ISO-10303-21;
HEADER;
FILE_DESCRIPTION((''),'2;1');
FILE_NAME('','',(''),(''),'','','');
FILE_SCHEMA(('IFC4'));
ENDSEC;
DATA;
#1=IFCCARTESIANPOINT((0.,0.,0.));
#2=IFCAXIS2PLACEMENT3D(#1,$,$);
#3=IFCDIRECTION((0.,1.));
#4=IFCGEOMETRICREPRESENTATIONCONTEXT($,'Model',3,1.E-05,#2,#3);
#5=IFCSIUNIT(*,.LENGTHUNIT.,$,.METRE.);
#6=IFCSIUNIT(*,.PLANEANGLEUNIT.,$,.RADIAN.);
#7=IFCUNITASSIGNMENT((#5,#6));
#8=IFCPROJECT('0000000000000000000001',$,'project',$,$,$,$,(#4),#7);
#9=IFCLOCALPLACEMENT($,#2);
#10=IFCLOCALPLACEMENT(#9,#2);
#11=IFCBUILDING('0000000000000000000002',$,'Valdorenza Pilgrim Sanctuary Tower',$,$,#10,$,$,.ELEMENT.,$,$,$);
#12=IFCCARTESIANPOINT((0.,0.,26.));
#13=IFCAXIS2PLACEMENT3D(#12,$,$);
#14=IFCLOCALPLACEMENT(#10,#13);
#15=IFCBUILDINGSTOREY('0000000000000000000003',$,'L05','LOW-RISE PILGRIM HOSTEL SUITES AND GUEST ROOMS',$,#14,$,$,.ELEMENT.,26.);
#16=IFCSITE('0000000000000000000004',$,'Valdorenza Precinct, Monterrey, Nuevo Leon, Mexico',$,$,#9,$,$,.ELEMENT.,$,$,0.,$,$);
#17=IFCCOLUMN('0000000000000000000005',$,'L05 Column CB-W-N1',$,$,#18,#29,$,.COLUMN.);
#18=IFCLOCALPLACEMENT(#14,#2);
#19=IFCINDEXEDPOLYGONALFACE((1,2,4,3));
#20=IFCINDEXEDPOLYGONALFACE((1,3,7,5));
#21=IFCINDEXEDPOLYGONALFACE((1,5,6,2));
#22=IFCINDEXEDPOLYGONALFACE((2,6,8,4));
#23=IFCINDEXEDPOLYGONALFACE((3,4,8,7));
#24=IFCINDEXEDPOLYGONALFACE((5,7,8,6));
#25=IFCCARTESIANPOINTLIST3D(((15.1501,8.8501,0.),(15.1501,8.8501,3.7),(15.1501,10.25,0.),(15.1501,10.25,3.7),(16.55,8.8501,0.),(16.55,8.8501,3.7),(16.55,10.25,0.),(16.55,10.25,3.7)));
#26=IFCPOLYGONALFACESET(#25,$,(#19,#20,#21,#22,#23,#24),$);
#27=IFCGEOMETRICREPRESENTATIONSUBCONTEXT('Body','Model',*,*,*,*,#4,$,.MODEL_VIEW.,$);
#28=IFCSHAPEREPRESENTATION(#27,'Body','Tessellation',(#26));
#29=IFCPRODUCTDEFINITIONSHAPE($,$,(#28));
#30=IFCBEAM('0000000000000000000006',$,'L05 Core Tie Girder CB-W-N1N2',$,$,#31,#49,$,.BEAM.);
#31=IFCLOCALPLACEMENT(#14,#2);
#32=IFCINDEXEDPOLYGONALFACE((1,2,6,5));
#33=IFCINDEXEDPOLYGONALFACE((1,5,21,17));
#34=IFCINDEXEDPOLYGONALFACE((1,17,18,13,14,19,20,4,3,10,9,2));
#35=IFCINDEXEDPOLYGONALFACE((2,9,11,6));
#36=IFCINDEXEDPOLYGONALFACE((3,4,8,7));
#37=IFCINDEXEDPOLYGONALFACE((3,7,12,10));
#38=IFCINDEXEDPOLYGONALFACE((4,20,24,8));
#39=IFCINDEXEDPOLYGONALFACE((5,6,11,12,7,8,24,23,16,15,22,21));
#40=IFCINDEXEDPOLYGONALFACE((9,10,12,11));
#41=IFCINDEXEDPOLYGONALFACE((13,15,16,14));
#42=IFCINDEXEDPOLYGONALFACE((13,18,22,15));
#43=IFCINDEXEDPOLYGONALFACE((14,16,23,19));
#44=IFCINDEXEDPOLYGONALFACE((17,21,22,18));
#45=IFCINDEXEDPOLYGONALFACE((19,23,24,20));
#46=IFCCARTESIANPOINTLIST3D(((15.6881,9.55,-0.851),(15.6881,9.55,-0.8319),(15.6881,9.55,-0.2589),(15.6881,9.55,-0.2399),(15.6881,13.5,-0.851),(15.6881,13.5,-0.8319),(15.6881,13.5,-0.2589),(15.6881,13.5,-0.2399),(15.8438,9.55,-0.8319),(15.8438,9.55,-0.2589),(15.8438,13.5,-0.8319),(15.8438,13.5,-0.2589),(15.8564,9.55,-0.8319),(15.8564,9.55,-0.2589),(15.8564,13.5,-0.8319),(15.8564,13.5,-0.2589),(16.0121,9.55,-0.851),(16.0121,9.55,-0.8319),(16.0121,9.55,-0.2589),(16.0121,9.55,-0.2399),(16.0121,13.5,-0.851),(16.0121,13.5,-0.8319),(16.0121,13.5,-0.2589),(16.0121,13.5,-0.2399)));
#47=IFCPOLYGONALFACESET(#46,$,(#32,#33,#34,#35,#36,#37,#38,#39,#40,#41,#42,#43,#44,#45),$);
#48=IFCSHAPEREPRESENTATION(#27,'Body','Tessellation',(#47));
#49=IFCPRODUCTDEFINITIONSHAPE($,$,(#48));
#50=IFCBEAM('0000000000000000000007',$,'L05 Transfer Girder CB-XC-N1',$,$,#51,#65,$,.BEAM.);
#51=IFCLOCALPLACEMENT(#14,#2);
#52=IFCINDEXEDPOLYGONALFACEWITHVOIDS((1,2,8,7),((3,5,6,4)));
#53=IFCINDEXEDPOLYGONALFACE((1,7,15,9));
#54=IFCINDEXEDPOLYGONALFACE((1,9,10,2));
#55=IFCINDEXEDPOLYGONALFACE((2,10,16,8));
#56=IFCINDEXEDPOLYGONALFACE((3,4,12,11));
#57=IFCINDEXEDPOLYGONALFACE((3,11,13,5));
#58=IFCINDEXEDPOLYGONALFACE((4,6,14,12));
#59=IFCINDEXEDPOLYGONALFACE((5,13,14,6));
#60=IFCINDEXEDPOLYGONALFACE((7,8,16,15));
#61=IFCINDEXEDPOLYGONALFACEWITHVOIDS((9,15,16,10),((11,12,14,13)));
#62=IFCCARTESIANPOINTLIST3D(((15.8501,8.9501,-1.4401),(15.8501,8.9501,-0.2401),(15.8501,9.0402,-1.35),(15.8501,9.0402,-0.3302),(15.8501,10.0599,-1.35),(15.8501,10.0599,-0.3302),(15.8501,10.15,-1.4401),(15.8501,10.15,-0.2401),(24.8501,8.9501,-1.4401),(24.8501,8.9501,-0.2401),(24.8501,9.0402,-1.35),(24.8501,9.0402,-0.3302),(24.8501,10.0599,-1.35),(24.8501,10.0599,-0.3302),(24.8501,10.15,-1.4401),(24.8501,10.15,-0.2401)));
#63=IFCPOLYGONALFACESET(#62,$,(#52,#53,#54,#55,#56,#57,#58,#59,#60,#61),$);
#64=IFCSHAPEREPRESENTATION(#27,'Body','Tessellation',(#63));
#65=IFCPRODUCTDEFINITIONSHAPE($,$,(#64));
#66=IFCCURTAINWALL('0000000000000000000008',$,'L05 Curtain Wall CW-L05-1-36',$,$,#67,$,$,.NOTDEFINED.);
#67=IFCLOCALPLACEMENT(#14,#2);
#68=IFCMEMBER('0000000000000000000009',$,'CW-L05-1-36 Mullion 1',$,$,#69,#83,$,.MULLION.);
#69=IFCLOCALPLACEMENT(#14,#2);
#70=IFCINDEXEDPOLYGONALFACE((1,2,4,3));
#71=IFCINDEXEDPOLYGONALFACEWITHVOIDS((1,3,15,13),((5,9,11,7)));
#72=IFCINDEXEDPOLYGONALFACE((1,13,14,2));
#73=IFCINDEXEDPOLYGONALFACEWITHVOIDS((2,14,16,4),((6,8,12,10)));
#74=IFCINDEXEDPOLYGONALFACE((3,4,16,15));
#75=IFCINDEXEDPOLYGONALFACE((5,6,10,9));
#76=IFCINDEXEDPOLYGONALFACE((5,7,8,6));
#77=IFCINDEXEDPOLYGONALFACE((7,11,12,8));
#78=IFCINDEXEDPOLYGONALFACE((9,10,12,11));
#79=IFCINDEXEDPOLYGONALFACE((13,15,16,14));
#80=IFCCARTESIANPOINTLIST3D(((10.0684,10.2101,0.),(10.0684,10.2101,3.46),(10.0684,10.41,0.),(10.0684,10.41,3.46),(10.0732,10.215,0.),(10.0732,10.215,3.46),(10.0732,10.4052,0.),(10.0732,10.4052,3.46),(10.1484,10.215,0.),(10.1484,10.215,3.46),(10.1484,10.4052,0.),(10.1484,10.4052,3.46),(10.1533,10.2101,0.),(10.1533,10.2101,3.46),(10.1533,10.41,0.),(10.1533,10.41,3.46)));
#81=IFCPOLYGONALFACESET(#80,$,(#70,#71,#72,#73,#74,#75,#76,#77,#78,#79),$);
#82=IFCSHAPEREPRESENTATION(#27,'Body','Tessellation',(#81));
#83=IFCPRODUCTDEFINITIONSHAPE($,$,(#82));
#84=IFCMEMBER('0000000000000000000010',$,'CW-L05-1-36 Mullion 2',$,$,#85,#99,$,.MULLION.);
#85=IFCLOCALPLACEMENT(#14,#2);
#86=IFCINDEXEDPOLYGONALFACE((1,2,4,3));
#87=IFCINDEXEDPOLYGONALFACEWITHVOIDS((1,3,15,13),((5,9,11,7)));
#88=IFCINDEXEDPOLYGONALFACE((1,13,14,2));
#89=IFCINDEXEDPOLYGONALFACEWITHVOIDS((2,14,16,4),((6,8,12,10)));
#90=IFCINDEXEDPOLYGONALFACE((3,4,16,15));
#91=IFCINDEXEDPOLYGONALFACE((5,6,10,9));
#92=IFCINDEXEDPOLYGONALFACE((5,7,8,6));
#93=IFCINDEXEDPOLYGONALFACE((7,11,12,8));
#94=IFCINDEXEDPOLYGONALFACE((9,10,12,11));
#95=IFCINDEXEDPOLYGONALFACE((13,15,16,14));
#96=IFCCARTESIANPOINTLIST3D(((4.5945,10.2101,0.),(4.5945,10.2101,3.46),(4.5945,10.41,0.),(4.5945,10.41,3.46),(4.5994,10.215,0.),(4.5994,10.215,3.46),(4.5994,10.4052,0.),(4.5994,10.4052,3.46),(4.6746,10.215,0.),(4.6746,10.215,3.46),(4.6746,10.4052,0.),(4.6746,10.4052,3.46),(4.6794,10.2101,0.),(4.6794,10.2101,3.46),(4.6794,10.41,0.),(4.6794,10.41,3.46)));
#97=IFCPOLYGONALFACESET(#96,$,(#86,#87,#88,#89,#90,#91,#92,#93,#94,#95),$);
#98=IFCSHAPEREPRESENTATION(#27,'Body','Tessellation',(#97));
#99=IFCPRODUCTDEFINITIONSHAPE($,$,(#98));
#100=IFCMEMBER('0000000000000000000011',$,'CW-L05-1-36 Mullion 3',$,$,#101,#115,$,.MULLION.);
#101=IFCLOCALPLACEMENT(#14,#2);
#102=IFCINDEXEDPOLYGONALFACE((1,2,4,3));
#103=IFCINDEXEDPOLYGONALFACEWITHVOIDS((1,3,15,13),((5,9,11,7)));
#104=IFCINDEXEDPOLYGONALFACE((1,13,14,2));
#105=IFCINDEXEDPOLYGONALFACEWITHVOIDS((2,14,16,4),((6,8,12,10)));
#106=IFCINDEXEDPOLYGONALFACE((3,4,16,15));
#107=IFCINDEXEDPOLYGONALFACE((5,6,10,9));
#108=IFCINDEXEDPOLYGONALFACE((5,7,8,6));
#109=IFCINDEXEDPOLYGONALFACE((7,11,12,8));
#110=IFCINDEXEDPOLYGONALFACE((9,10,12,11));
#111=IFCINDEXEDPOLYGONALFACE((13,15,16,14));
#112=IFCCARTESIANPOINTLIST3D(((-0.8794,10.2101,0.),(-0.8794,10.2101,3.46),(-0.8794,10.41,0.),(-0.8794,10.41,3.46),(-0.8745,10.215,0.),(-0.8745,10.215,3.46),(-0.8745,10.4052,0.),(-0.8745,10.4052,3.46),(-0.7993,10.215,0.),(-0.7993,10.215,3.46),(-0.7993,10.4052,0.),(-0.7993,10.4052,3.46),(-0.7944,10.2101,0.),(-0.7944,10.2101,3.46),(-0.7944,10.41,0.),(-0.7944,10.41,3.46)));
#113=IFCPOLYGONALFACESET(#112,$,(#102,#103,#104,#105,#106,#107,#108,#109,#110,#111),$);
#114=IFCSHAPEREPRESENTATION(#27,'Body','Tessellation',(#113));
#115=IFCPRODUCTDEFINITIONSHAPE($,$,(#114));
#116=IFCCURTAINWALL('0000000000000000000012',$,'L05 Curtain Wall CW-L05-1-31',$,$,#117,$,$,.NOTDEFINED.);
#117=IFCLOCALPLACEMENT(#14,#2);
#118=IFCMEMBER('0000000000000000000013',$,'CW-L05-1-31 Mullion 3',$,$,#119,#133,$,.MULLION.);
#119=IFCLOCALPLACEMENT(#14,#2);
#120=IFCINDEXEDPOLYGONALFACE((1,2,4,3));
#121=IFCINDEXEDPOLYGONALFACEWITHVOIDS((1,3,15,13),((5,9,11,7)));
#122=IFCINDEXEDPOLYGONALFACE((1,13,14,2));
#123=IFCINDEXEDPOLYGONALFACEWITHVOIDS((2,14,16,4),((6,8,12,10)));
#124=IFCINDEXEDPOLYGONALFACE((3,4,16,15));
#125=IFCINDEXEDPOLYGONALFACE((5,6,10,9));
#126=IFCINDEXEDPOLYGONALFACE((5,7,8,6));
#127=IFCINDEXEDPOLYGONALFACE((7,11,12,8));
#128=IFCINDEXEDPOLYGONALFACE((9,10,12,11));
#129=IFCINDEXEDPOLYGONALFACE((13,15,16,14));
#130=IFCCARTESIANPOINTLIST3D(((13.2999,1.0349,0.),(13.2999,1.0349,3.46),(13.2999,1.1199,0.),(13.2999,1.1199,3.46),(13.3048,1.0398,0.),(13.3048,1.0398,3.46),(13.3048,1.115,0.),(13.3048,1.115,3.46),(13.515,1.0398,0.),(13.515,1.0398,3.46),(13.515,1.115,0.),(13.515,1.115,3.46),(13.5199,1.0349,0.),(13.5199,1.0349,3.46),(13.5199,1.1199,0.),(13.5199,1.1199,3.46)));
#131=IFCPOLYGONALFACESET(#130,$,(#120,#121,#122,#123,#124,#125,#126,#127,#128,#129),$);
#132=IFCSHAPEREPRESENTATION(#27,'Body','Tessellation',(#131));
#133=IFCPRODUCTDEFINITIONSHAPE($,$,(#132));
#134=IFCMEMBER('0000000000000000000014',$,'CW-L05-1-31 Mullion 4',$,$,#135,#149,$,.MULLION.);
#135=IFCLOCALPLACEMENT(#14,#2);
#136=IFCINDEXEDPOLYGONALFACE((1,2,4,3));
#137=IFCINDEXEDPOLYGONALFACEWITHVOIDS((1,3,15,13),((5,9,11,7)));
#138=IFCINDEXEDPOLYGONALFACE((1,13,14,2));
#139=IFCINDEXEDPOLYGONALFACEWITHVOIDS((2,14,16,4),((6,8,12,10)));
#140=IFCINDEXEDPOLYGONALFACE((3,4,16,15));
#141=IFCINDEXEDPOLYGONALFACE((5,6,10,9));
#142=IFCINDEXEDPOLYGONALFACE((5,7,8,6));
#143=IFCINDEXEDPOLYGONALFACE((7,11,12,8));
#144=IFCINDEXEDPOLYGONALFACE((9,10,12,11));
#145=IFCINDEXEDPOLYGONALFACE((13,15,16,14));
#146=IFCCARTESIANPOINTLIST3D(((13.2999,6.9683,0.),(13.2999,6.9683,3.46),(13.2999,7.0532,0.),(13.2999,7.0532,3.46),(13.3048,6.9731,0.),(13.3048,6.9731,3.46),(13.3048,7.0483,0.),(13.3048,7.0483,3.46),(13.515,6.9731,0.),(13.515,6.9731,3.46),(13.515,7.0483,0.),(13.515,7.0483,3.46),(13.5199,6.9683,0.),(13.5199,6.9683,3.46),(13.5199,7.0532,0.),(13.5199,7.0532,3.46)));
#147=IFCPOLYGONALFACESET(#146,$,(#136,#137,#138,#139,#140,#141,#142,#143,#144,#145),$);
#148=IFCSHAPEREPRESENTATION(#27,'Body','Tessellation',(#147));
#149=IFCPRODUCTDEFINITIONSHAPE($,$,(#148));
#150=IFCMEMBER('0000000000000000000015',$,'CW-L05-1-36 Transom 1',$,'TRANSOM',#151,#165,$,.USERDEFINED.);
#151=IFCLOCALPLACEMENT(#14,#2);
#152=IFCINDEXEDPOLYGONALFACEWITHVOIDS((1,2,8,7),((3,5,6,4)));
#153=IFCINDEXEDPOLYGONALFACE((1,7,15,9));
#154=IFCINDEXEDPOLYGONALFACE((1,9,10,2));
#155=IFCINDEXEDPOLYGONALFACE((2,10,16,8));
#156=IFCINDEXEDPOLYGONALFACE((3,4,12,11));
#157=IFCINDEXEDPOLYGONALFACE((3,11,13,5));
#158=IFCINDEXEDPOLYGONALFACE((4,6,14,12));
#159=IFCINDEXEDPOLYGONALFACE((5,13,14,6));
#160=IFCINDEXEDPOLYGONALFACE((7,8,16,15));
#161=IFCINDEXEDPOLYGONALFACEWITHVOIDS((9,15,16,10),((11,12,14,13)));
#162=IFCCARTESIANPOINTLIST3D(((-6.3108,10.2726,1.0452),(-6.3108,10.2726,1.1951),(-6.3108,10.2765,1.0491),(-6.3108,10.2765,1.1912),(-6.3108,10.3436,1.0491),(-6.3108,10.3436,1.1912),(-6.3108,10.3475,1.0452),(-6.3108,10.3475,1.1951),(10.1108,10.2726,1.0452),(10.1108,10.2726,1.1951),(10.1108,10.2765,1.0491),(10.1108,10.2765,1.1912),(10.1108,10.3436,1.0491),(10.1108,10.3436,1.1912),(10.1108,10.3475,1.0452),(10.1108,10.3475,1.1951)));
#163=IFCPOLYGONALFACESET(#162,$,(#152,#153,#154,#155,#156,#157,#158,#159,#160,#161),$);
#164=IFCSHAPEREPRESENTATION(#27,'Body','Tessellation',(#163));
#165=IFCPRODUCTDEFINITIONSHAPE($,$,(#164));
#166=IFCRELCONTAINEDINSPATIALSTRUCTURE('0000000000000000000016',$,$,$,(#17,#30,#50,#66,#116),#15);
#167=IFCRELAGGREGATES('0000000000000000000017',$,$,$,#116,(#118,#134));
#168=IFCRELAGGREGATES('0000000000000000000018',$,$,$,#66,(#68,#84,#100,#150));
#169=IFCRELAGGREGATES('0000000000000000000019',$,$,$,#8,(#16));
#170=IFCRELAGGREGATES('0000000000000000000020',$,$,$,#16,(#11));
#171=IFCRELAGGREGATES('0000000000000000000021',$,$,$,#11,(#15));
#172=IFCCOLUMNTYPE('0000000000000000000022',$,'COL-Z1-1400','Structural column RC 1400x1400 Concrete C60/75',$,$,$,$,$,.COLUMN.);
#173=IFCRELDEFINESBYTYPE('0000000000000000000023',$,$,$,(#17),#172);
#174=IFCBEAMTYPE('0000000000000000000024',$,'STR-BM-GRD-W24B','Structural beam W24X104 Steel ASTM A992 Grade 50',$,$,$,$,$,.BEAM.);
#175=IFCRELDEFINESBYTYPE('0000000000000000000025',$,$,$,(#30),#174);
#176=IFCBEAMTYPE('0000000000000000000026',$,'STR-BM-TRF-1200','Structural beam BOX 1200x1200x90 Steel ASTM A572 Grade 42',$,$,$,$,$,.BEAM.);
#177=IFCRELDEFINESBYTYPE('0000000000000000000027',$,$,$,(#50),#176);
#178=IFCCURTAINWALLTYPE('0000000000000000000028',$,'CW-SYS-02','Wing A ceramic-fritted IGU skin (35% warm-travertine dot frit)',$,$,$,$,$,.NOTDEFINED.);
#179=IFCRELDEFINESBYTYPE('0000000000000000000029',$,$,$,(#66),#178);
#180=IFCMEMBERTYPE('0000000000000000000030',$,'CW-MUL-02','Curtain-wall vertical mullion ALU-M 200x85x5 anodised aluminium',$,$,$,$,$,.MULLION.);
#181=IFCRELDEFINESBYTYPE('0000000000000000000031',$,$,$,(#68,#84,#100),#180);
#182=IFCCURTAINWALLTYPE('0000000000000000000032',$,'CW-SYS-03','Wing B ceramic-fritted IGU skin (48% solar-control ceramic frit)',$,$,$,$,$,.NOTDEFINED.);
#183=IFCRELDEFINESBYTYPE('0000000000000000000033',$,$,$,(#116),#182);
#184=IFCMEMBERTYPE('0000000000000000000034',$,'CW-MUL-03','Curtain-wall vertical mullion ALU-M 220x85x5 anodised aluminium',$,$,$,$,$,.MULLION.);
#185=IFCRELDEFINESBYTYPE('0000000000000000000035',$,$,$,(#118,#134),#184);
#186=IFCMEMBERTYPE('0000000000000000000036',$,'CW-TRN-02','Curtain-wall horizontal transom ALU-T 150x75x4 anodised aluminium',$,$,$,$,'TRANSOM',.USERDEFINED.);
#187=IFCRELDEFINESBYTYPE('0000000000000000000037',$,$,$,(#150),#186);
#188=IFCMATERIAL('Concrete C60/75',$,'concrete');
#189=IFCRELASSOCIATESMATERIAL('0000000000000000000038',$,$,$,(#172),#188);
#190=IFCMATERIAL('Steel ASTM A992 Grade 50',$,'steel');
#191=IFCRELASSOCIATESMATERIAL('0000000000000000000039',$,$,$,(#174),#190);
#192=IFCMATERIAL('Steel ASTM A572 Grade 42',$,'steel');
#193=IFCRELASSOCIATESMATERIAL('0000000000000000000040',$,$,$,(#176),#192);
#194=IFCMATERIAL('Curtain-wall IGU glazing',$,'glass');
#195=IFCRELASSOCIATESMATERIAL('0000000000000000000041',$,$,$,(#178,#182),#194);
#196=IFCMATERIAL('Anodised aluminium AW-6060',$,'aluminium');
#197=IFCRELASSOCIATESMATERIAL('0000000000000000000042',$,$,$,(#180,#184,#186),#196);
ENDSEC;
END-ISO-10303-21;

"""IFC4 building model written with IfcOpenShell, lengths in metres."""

from ifc_helpers import new_model, si_unit, direction, frame, origin, origin_2d, place, context, subcontext, project, spatial, rectangle, hollow_rectangle, i_section, extrude, source, transform, mapped, material, material_profile, profile_set, type_object, element, aggregate, save


model = new_model("IFC4")

# Units and contexts
model_context = context("Model", 3, precision=1e-05, world=origin(), true_north=direction((0.0, 1.0)))
body_context = subcontext(model_context, "Body", "Model", "MODEL_VIEW")
ifc_project = project(units=[si_unit("LENGTHUNIT", "METRE"), si_unit("PLANEANGLEUNIT", "RADIAN")], contexts=[model_context])

# Site, building, storey
site_placement = place(None, origin())
site = spatial("IfcSite", under=ifc_project, at=site_placement, Name="Valdorenza Precinct, Monterrey, Nuevo Leon, Mexico", CompositionType="ELEMENT", RefElevation=0.0)
building_placement = place(site_placement, origin())
building = spatial("IfcBuilding", under=site, at=building_placement, Name="Valdorenza Pilgrim Sanctuary Tower", CompositionType="ELEMENT")
storey_placement = place(building_placement, frame((0.0, 0.0, 26.0)))
storey = spatial("IfcBuildingStorey", under=building, at=storey_placement, Name="L05", Description="LOW-RISE PILGRIM HOSTEL SUITES AND GUEST ROOMS", CompositionType="ELEMENT", Elevation=26.0)

# Column
ifc_material_1 = material(Name="Concrete C60/75", Category="concrete")
ifc_material_profile_1 = material_profile(ifc_material_1, rectangle(XDim=1.3999, YDim=1.3999, at=origin_2d()), Name="RC 1400x1400")
ifc_profile_set_1 = profile_set([ifc_material_profile_1], Name="Concrete C60/75")
column_type = type_object("IfcColumnType", Name="COL-Z1-1400", Description="Structural column RC 1400x1400 Concrete C60/75", PredefinedType="COLUMN", material=ifc_profile_set_1)
shared_shape_1 = source(origin(), body_context, "Body", "SweptSolid", [
    extrude(rectangle(XDim=1.3999, YDim=1.3999, at=origin_2d()), origin(), (0.0, 0.0, 1.0), 3.7),
])
column_placement = place(storey_placement, frame((15.8501, 9.55, 0.0), z_axis=(0.0, 0.0, 1.0), x_axis=(1.0, 0.0, 0.0)))
element("IfcColumn", 1, at=column_placement, inside=storey, type_object=column_type, Name="L05 Column CB-W-N1", PredefinedType="COLUMN", context=body_context, shape_type="MappedRepresentation", body=[
    mapped(shared_shape_1, transform((0.0, 0.0, 0.0), x_axis=(1.0, 0.0, 0.0), y_axis=(0.0, 1.0, 0.0), z_axis=(0.0, 0.0, 1.0), scale=1.0)),
])

# Beams
ifc_material_2 = material(Name="Steel ASTM A992 Grade 50", Category="steel")
ifc_material_profile_2 = material_profile(ifc_material_2, i_section(OverallWidth=0.324, OverallDepth=0.6111, WebThickness=0.0127, FlangeThickness=0.019, at=origin_2d()), Name="W24X104")
ifc_profile_set_2 = profile_set([ifc_material_profile_2], Name="Steel ASTM A992 Grade 50")
beam_type_1 = type_object("IfcBeamType", Name="STR-BM-GRD-W24B", Description="Structural beam W24X104 Steel ASTM A992 Grade 50", PredefinedType="BEAM", material=ifc_profile_set_2)
shared_shape_2 = source(origin(), body_context, "Body", "SweptSolid", [
    extrude(i_section(OverallWidth=0.324, OverallDepth=0.6111, WebThickness=0.0127, FlangeThickness=0.019, at=origin_2d()), origin(), (0.0, 0.0, 1.0), 3.95),
])
beam_1_placement = place(storey_placement, frame((15.8501, 9.55, -0.5454), z_axis=(0.0, 1.0, 0.0), x_axis=(-1.0, 0.0, 0.0)))
element("IfcBeam", 2, at=beam_1_placement, inside=storey, type_object=beam_type_1, Name="L05 Core Tie Girder CB-W-N1N2", PredefinedType="BEAM", context=body_context, shape_type="MappedRepresentation", body=[
    mapped(shared_shape_2, transform((0.0, 0.0, 0.0), x_axis=(1.0, 0.0, 0.0), y_axis=(0.0, 1.0, 0.0), z_axis=(0.0, 0.0, 1.0), scale=1.0)),
])
ifc_material_3 = material(Name="Steel ASTM A572 Grade 42", Category="steel")
ifc_material_profile_3 = material_profile(ifc_material_3, hollow_rectangle(XDim=1.2, YDim=1.2, WallThickness=0.0901, at=origin_2d()), Name="BOX 1200x1200x90")
ifc_profile_set_3 = profile_set([ifc_material_profile_3], Name="Steel ASTM A572 Grade 42")
beam_type_2 = type_object("IfcBeamType", Name="STR-BM-TRF-1200", Description="Structural beam BOX 1200x1200x90 Steel ASTM A572 Grade 42", PredefinedType="BEAM", material=ifc_profile_set_3)
shared_shape_3 = source(origin(), body_context, "Body", "SweptSolid", [
    extrude(hollow_rectangle(XDim=1.2, YDim=1.2, WallThickness=0.0901, at=origin_2d()), origin(), (0.0, 0.0, 1.0), 9.0),
])
beam_2_placement = place(storey_placement, frame((15.8501, 9.55, -0.8401), z_axis=(1.0, 0.0, 0.0), x_axis=(0.0, 1.0, 0.0)))
element("IfcBeam", 3, at=beam_2_placement, inside=storey, type_object=beam_type_2, Name="L05 Transfer Girder CB-XC-N1", PredefinedType="BEAM", context=body_context, shape_type="MappedRepresentation", body=[
    mapped(shared_shape_3, transform((0.0, 0.0, 0.0), x_axis=(1.0, 0.0, 0.0), y_axis=(0.0, 1.0, 0.0), z_axis=(0.0, 0.0, 1.0), scale=1.0)),
])

# Curtain walls, members
ifc_material_4 = material(Name="Curtain-wall IGU glazing", Category="glass")
curtain_wall_type_1 = type_object("IfcCurtainWallType", Name="CW-SYS-02", Description="Wing A ceramic-fritted IGU skin (35% warm-travertine dot frit)", PredefinedType="NOTDEFINED", material=ifc_material_4)
curtain_wall_1_placement = place(storey_placement, origin())
curtain_wall_1 = element("IfcCurtainWall", 4, at=curtain_wall_1_placement, inside=storey, type_object=curtain_wall_type_1, Name="L05 Curtain Wall CW-L05-1-36", PredefinedType="NOTDEFINED")
ifc_material_5 = material(Name="Anodised aluminium AW-6060", Category="aluminium")
ifc_material_profile_4 = material_profile(ifc_material_5, hollow_rectangle(XDim=0.085, YDim=0.2, WallThickness=0.0049, at=origin_2d()), Name="ALU-M 200x85x5")
ifc_profile_set_4 = profile_set([ifc_material_profile_4], Name="Anodised aluminium AW-6060")
member_type_1 = type_object("IfcMemberType", Name="CW-MUL-02", Description="Curtain-wall vertical mullion ALU-M 200x85x5 anodised aluminium", PredefinedType="MULLION", material=ifc_profile_set_4)
shared_shape_4 = source(origin(), body_context, "Body", "SweptSolid", [
    extrude(hollow_rectangle(XDim=0.085, YDim=0.2, WallThickness=0.0049, at=origin_2d()), origin(), (0.0, 0.0, 1.0), 3.46),
])
member_1_placement = place(storey_placement, frame((10.1108, 10.3101, 0.0), z_axis=(0.0, 0.0, 1.0), x_axis=(-1.0, 0.0, 0.0)))
member_1 = element("IfcMember", 5, at=member_1_placement, type_object=member_type_1, Name="CW-L05-1-36 Mullion 1", PredefinedType="MULLION", context=body_context, shape_type="MappedRepresentation", body=[
    mapped(shared_shape_4, transform((0.0, 0.0, 0.0), x_axis=(1.0, 0.0, 0.0), y_axis=(0.0, 1.0, 0.0), z_axis=(0.0, 0.0, 1.0), scale=1.0)),
])
member_2_placement = place(storey_placement, frame((4.637, 10.3101, 0.0), z_axis=(0.0, 0.0, 1.0), x_axis=(-1.0, 0.0, 0.0)))
member_2 = element("IfcMember", 6, at=member_2_placement, type_object=member_type_1, Name="CW-L05-1-36 Mullion 2", PredefinedType="MULLION", context=body_context, shape_type="MappedRepresentation", body=[
    mapped(shared_shape_4, transform((0.0, 0.0, 0.0), x_axis=(1.0, 0.0, 0.0), y_axis=(0.0, 1.0, 0.0), z_axis=(0.0, 0.0, 1.0), scale=1.0)),
])
member_3_placement = place(storey_placement, frame((-0.8369, 10.3101, 0.0), z_axis=(0.0, 0.0, 1.0), x_axis=(-1.0, 0.0, 0.0)))
member_3 = element("IfcMember", 7, at=member_3_placement, type_object=member_type_1, Name="CW-L05-1-36 Mullion 3", PredefinedType="MULLION", context=body_context, shape_type="MappedRepresentation", body=[
    mapped(shared_shape_4, transform((0.0, 0.0, 0.0), x_axis=(1.0, 0.0, 0.0), y_axis=(0.0, 1.0, 0.0), z_axis=(0.0, 0.0, 1.0), scale=1.0)),
])
curtain_wall_type_2 = type_object("IfcCurtainWallType", Name="CW-SYS-03", Description="Wing B ceramic-fritted IGU skin (48% solar-control ceramic frit)", PredefinedType="NOTDEFINED", material=ifc_material_4)
curtain_wall_2_placement = place(storey_placement, origin())
curtain_wall_2 = element("IfcCurtainWall", 8, at=curtain_wall_2_placement, inside=storey, type_object=curtain_wall_type_2, Name="L05 Curtain Wall CW-L05-1-31", PredefinedType="NOTDEFINED")
ifc_material_profile_5 = material_profile(ifc_material_5, hollow_rectangle(XDim=0.085, YDim=0.22, WallThickness=0.0049, at=origin_2d()), Name="ALU-M 220x85x5")
ifc_profile_set_5 = profile_set([ifc_material_profile_5], Name="Anodised aluminium AW-6060")
member_type_2 = type_object("IfcMemberType", Name="CW-MUL-03", Description="Curtain-wall vertical mullion ALU-M 220x85x5 anodised aluminium", PredefinedType="MULLION", material=ifc_profile_set_5)
shared_shape_5 = source(origin(), body_context, "Body", "SweptSolid", [
    extrude(hollow_rectangle(XDim=0.085, YDim=0.22, WallThickness=0.0049, at=origin_2d()), origin(), (0.0, 0.0, 1.0), 3.46),
])
member_4_placement = place(storey_placement, frame((13.4099, 1.0774, 0.0), z_axis=(0.0, 0.0, 1.0), x_axis=(0.0, 1.0, 0.0)))
member_4 = element("IfcMember", 9, at=member_4_placement, type_object=member_type_2, Name="CW-L05-1-31 Mullion 3", PredefinedType="MULLION", context=body_context, shape_type="MappedRepresentation", body=[
    mapped(shared_shape_5, transform((0.0, 0.0, 0.0), x_axis=(1.0, 0.0, 0.0), y_axis=(0.0, 1.0, 0.0), z_axis=(0.0, 0.0, 1.0), scale=1.0)),
])
member_5_placement = place(storey_placement, frame((13.4099, 7.0107, 0.0), z_axis=(0.0, 0.0, 1.0), x_axis=(0.0, 1.0, 0.0)))
member_5 = element("IfcMember", 10, at=member_5_placement, type_object=member_type_2, Name="CW-L05-1-31 Mullion 4", PredefinedType="MULLION", context=body_context, shape_type="MappedRepresentation", body=[
    mapped(shared_shape_5, transform((0.0, 0.0, 0.0), x_axis=(1.0, 0.0, 0.0), y_axis=(0.0, 1.0, 0.0), z_axis=(0.0, 0.0, 1.0), scale=1.0)),
])

# Member
ifc_material_profile_6 = material_profile(ifc_material_5, hollow_rectangle(XDim=0.075, YDim=0.1499, WallThickness=0.0039, at=origin_2d()), Name="ALU-T 150x75x4")
ifc_profile_set_6 = profile_set([ifc_material_profile_6], Name="Anodised aluminium AW-6060")
member_type_3 = type_object("IfcMemberType", Name="CW-TRN-02", Description="Curtain-wall horizontal transom ALU-T 150x75x4 anodised aluminium", ElementType="TRANSOM", PredefinedType="USERDEFINED", material=ifc_profile_set_6)
shared_shape_6 = source(origin(), body_context, "Body", "SweptSolid", [
    extrude(hollow_rectangle(XDim=0.075, YDim=0.1499, WallThickness=0.0039, at=origin_2d()), origin(), (0.0, 0.0, 1.0), 16.4216),
])
member_6_placement = place(storey_placement, frame((10.1108, 10.3101, 1.1201), z_axis=(-1.0, 0.0, 0.0), x_axis=(0.0, -1.0, 0.0)))
member_6 = element("IfcMember", 11, at=member_6_placement, type_object=member_type_3, Name="CW-L05-1-36 Transom 1", ObjectType="TRANSOM", PredefinedType="USERDEFINED", context=body_context, shape_type="MappedRepresentation", body=[
    mapped(shared_shape_6, transform((0.0, 0.0, 0.0), x_axis=(1.0, 0.0, 0.0), y_axis=(0.0, 1.0, 0.0), z_axis=(0.0, 0.0, 1.0), scale=1.0)),
])

aggregate(curtain_wall_2, [member_4, member_5])
aggregate(curtain_wall_1, [member_1, member_2, member_3, member_6])

save(model, "model.ifc")
